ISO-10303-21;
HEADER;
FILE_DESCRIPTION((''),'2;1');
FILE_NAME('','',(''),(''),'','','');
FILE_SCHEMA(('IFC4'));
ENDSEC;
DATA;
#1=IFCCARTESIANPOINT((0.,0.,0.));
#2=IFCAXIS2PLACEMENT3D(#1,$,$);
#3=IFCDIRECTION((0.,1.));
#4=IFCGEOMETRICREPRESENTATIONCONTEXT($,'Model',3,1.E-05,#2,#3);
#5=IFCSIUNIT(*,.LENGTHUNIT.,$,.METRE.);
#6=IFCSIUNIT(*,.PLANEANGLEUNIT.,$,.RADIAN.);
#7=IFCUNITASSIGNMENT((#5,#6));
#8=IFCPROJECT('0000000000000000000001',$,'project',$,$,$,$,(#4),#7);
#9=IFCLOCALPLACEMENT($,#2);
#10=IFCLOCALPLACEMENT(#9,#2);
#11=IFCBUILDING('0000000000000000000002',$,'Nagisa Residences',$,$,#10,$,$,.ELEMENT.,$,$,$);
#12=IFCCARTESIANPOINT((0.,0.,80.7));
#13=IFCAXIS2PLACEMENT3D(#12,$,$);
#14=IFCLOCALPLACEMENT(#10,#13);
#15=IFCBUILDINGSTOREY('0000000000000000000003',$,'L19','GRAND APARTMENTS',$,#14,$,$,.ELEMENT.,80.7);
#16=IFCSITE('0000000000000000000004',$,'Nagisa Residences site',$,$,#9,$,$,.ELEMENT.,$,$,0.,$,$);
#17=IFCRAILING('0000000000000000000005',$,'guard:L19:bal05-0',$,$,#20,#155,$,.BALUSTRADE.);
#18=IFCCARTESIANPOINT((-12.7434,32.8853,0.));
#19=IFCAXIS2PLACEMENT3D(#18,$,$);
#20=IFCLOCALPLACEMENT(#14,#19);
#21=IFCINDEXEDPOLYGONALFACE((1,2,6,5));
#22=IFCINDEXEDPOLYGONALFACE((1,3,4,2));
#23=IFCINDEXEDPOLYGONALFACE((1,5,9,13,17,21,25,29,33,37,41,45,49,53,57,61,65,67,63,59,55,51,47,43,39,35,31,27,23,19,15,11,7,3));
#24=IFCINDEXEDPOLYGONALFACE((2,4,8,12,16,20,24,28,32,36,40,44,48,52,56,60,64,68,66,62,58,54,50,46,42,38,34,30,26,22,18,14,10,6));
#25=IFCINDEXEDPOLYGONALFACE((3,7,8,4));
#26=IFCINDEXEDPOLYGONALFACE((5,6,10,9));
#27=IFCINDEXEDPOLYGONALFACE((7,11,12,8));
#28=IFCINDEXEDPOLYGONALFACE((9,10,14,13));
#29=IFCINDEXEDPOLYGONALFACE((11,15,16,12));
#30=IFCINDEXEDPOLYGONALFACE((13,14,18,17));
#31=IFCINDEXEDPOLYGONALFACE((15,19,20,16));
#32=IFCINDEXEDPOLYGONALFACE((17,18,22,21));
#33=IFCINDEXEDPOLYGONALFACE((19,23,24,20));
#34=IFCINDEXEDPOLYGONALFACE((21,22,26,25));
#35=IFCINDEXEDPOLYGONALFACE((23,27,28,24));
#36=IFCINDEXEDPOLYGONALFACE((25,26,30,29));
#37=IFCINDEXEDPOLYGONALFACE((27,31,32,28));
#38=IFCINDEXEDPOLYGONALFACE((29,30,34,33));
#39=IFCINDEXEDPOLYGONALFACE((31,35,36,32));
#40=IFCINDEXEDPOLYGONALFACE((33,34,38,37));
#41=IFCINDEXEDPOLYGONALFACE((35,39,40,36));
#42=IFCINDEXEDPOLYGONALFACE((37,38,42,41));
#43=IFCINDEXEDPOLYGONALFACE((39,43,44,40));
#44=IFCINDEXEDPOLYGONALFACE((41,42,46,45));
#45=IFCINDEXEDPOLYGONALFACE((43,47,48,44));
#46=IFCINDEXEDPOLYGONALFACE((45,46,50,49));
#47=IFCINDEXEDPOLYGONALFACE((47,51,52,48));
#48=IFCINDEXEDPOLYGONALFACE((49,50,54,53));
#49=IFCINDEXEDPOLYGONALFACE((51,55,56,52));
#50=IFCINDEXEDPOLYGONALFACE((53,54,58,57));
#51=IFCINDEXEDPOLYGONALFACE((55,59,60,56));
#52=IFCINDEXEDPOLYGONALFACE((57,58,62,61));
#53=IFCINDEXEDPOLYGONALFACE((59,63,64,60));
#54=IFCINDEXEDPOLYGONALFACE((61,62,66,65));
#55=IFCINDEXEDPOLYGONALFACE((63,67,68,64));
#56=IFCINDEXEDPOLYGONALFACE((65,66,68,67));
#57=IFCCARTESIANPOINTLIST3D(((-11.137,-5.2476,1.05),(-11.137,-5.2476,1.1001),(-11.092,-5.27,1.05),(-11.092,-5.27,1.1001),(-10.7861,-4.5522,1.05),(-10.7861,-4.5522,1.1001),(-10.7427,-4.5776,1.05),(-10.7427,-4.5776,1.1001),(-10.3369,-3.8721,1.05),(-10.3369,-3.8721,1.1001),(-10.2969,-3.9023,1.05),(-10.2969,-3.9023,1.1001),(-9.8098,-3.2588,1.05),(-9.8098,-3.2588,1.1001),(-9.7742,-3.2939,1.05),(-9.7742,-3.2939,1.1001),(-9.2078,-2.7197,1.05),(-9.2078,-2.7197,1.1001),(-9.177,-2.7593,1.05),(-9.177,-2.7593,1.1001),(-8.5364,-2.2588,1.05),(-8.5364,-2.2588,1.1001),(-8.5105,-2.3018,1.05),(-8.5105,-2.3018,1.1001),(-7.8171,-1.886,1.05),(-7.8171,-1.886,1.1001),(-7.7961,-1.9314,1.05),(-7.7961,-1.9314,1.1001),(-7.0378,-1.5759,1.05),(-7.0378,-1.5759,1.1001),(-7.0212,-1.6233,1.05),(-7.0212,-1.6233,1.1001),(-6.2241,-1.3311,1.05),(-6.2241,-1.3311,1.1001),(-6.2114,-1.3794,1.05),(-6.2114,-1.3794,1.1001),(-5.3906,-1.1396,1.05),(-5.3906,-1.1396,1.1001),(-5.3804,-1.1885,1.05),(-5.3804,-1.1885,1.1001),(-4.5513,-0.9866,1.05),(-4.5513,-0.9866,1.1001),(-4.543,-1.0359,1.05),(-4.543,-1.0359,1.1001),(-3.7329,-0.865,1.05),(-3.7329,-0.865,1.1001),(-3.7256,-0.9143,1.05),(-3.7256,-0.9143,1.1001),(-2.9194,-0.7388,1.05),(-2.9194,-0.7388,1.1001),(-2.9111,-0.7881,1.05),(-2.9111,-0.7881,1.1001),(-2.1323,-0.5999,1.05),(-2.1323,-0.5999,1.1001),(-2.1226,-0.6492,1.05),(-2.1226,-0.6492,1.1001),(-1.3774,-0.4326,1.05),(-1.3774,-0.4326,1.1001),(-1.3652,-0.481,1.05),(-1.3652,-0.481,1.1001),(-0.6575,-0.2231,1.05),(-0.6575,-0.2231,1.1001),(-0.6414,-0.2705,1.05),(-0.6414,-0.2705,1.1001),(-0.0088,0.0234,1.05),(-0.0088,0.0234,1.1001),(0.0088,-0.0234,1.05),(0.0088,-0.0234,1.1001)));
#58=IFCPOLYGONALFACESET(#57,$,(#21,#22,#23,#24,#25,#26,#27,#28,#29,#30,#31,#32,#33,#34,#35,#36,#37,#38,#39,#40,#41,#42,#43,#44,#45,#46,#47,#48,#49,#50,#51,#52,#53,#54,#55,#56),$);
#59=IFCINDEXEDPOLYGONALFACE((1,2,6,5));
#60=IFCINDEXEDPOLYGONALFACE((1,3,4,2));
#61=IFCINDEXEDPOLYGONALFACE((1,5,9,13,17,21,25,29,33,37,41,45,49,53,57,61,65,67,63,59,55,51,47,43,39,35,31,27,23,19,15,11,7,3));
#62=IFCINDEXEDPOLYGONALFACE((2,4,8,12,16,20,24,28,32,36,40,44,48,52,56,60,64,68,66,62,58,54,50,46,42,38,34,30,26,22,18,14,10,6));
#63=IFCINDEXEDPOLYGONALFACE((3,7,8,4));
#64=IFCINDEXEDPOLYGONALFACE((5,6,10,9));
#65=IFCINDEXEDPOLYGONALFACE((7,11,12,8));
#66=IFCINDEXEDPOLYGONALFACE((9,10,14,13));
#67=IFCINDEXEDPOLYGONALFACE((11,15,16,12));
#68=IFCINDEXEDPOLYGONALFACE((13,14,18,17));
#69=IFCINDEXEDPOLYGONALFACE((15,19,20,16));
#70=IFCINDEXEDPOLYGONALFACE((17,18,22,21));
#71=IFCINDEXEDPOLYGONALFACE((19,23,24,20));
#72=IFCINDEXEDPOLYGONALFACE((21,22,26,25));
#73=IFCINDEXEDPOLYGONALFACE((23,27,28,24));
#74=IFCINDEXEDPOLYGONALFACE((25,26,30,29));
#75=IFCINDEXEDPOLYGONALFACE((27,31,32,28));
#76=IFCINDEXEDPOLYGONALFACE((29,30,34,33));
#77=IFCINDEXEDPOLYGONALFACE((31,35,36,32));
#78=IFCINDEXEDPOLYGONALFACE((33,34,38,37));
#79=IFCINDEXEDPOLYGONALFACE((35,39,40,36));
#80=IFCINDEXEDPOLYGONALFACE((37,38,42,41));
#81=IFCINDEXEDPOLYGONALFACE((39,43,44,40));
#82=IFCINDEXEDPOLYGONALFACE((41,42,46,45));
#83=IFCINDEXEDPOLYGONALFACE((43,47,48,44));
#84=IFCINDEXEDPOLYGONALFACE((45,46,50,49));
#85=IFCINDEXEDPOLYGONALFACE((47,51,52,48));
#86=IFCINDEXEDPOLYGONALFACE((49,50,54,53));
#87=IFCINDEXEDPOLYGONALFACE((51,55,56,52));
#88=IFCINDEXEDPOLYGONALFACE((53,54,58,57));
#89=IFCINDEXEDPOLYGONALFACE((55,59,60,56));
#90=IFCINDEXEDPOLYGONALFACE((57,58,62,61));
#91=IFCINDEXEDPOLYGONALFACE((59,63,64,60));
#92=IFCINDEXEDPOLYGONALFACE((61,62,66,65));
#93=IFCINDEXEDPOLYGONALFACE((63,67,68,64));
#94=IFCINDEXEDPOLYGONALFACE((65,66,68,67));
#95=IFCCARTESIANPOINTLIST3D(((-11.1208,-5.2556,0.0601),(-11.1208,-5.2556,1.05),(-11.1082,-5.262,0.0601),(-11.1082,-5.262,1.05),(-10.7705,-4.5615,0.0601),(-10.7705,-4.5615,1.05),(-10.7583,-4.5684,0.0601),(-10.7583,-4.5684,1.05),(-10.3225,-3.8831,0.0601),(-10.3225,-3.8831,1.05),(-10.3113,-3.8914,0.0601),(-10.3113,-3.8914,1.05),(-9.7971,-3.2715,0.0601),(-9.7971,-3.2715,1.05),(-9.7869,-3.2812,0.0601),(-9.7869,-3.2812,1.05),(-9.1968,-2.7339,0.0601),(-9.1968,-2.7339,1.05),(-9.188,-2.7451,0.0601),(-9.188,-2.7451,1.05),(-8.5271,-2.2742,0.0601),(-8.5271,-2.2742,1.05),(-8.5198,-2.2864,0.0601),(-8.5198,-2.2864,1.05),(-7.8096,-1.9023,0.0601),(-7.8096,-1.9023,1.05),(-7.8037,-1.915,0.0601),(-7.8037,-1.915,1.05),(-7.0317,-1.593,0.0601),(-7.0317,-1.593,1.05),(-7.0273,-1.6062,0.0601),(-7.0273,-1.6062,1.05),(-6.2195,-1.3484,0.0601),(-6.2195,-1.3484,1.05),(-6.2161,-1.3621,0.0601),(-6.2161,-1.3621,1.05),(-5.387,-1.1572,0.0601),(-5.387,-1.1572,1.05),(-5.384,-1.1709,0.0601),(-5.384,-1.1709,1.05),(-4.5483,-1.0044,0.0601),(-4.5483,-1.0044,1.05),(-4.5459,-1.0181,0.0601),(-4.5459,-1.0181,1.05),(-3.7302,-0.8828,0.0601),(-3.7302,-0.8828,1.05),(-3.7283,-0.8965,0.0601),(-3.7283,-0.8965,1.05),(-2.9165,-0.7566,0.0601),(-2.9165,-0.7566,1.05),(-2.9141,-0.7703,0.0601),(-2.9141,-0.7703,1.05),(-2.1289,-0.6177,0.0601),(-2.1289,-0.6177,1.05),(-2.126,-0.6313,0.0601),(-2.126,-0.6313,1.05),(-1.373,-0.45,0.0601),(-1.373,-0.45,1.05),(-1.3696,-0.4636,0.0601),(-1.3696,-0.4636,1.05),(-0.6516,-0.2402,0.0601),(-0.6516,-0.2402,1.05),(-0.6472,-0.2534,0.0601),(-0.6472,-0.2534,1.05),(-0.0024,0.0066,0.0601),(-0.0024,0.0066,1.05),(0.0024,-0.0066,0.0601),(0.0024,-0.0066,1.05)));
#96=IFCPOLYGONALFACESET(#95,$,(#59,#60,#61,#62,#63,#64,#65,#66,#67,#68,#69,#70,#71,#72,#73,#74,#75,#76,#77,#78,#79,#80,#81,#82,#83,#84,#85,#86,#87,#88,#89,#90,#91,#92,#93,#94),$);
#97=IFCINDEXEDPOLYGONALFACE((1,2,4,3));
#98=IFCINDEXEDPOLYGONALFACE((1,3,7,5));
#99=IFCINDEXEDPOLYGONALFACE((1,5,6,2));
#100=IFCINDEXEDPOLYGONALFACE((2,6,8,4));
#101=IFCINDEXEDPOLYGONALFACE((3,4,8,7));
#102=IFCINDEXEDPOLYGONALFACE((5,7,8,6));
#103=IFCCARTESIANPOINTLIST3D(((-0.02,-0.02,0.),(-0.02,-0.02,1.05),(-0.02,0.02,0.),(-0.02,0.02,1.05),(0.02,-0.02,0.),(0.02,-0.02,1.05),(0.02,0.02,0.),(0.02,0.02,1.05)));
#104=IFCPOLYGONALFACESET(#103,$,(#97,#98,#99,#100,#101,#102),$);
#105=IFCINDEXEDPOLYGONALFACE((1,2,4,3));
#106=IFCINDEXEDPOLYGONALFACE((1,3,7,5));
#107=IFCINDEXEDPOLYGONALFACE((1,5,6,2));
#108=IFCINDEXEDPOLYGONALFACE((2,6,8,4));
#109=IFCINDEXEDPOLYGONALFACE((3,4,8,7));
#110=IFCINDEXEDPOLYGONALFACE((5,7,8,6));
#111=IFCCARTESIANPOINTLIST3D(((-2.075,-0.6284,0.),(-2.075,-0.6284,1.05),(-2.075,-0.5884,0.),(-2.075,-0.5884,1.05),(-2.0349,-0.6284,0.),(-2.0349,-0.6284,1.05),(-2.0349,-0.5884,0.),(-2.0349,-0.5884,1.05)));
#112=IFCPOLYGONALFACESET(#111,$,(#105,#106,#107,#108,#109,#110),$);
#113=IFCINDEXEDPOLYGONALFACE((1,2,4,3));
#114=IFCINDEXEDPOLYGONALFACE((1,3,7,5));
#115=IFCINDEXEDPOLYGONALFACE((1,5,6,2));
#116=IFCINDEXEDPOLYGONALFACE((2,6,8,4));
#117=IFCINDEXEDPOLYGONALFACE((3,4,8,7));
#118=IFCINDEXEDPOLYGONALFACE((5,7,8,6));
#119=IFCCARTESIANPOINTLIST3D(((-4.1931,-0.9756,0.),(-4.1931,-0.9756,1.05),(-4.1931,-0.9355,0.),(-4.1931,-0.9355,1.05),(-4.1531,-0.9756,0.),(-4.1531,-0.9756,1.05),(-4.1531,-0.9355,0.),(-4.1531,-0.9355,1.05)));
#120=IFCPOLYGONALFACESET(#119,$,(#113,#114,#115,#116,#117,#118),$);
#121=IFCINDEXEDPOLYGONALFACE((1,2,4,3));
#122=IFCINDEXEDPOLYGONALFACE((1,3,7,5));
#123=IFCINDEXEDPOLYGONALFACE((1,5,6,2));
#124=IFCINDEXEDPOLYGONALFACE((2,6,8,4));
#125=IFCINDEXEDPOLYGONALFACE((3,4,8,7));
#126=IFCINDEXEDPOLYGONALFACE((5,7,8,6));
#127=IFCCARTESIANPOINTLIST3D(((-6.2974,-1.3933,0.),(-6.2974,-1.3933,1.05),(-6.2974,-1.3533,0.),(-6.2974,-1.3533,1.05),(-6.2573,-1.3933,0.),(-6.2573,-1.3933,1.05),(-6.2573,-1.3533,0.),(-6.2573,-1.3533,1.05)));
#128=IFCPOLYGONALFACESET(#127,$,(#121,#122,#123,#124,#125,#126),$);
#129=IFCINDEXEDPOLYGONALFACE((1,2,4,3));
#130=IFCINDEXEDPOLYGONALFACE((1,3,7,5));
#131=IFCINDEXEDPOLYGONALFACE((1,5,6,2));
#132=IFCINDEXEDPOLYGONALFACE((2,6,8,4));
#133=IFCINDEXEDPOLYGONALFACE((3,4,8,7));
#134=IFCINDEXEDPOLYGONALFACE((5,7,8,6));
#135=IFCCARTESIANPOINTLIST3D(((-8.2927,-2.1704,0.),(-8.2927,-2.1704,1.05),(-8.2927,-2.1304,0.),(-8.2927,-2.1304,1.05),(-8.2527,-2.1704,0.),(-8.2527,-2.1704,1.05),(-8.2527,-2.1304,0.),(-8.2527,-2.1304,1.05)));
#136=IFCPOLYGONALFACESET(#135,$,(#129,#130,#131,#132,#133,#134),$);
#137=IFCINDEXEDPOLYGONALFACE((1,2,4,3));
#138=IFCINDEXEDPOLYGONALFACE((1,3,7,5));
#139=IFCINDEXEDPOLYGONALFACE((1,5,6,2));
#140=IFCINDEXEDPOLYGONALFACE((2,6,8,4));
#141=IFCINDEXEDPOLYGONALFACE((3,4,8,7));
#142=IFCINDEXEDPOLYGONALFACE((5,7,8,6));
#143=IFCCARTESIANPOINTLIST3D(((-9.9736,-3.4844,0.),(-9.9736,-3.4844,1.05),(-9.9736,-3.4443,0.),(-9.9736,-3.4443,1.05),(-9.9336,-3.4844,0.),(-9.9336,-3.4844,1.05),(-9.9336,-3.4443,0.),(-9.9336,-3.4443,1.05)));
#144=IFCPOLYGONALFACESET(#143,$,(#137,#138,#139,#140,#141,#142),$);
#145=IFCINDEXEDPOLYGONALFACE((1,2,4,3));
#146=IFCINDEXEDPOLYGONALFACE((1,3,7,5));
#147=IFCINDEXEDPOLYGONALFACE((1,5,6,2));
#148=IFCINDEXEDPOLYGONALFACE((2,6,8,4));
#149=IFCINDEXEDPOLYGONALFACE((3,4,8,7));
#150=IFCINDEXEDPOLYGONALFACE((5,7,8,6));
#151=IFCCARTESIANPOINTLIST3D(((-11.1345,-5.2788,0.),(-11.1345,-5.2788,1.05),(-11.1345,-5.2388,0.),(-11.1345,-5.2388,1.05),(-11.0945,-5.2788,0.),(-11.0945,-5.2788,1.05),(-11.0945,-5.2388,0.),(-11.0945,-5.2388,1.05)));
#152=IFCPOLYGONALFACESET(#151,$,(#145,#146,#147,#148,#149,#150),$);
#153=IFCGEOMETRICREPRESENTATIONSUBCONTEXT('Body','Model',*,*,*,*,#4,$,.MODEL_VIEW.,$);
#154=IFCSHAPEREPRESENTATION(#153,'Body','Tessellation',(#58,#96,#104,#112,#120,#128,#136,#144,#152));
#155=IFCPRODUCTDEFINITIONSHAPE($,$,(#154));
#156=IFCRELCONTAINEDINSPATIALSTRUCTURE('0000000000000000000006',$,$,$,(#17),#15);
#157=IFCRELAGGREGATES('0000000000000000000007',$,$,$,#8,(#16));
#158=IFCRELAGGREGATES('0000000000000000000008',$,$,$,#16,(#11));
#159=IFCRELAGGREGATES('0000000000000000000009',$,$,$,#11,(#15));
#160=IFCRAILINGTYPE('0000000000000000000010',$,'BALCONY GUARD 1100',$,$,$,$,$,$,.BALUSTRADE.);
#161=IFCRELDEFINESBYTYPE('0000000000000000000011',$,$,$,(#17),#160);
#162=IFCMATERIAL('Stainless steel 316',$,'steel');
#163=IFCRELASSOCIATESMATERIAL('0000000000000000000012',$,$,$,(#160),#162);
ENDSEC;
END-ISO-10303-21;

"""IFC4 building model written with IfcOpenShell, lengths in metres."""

from ifc_helpers import new_model, si_unit, direction, frame, origin, origin_2d, place, context, subcontext, project, spatial, polyline, rectangle, outline, extrude, material, type_object, element, save


model = new_model("IFC4")

# Units and contexts
model_context = context("Model", 3, precision=1e-05, world=origin(), true_north=direction((0.0, 1.0)))
body_context = subcontext(model_context, "Body", "Model", "MODEL_VIEW")
ifc_project = project(units=[si_unit("LENGTHUNIT", "METRE"), si_unit("PLANEANGLEUNIT", "RADIAN")], contexts=[model_context])

# Site, building, storey
site_placement = place(None, origin())
site = spatial("IfcSite", under=ifc_project, at=site_placement, Name="Nagisa Residences site", CompositionType="ELEMENT", RefElevation=0.0)
building_placement = place(site_placement, origin())
building = spatial("IfcBuilding", under=site, at=building_placement, Name="Nagisa Residences", CompositionType="ELEMENT")
storey_placement = place(building_placement, frame((0.0, 0.0, 80.7)))
storey = spatial("IfcBuildingStorey", under=building, at=storey_placement, Name="L19", Description="GRAND APARTMENTS", CompositionType="ELEMENT", Elevation=80.7)

# Railing
ifc_material_1 = material(Name="Stainless steel 316", Category="steel")
railing_type = type_object("IfcRailingType", Name="BALCONY GUARD 1100", PredefinedType="BALUSTRADE", material=ifc_material_1)
railing_1_placement = place(storey_placement, frame((-12.7434, 32.8853, 0.0)))
element("IfcRailing", 1, at=railing_1_placement, inside=storey, type_object=railing_type, Name="guard:L19:bal05-0", PredefinedType="BALUSTRADE", context=body_context, shape_type="SweptSolid", body=[
    extrude(outline(polyline([(-0.6414, -0.2705), (0.0088, -0.0234), (-0.0088, 0.0234), (-0.6575, -0.2231), (-1.3774, -0.4326), (-2.1323, -0.5999), (-2.9194, -0.7388), (-3.7329, -0.865), (-4.5513, -0.9866), (-5.3906, -1.1396), (-6.2241, -1.3311), (-7.0378, -1.5759), (-7.8171, -1.886), (-8.5364, -2.2588), (-9.2078, -2.7197), (-9.8098, -3.2588), (-10.3369, -3.8721), (-10.7861, -4.5522), (-11.137, -5.2476), (-11.092, -5.27), (-10.7427, -4.5776), (-10.2969, -3.9023), (-9.7742, -3.2939), (-9.177, -2.7593), (-8.5105, -2.3018), (-7.7961, -1.9314), (-7.0212, -1.6233), (-6.2114, -1.3794), (-5.3804, -1.1885), (-4.543, -1.0359), (-3.7256, -0.9143), (-2.9111, -0.7881), (-2.1226, -0.6492), (-1.3652, -0.481), (-0.6414, -0.2705)])), frame((0.0, 0.0, 1.05)), (0.0, 0.0, 1.0), 0.05),
    extrude(outline(polyline([(-0.6472, -0.2534), (0.0024, -0.0066), (-0.0024, 0.0066), (-0.6516, -0.2402), (-1.373, -0.45), (-2.1289, -0.6177), (-2.9165, -0.7566), (-3.7302, -0.8828), (-4.5483, -1.0044), (-5.387, -1.1572), (-6.2195, -1.3484), (-7.0317, -1.593), (-7.8096, -1.9023), (-8.5271, -2.2742), (-9.1968, -2.7339), (-9.7971, -3.2715), (-10.3225, -3.8831), (-10.7705, -4.5615), (-11.1208, -5.2556), (-11.1082, -5.262), (-10.7583, -4.5684), (-10.3113, -3.8914), (-9.7869, -3.2812), (-9.188, -2.7451), (-8.5198, -2.2864), (-7.8037, -1.915), (-7.0273, -1.6062), (-6.2161, -1.3621), (-5.384, -1.1709), (-4.5459, -1.0181), (-3.7283, -0.8965), (-2.9141, -0.7703), (-2.126, -0.6313), (-1.3696, -0.4636), (-0.6472, -0.2534)])), frame((0.0, 0.0, 0.0601)), (0.0, 0.0, 1.0), 0.99),
    extrude(rectangle(XDim=0.04, YDim=0.04, at=origin_2d()), origin(), (0.0, 0.0, 1.0), 1.05),
    extrude(rectangle(XDim=0.04, YDim=0.04, at=origin_2d()), frame((-2.0549, -0.6084, 0.0)), (0.0, 0.0, 1.0), 1.05),
    extrude(rectangle(XDim=0.04, YDim=0.04, at=origin_2d()), frame((-4.1731, -0.9556, 0.0)), (0.0, 0.0, 1.0), 1.05),
    extrude(rectangle(XDim=0.04, YDim=0.04, at=origin_2d()), frame((-6.2773, -1.3733, 0.0)), (0.0, 0.0, 1.0), 1.05),
    extrude(rectangle(XDim=0.04, YDim=0.04, at=origin_2d()), frame((-8.2727, -2.1504, 0.0)), (0.0, 0.0, 1.0), 1.05),
    extrude(rectangle(XDim=0.04, YDim=0.04, at=origin_2d()), frame((-9.9536, -3.4644, 0.0)), (0.0, 0.0, 1.0), 1.05),
    extrude(rectangle(XDim=0.04, YDim=0.04, at=origin_2d()), frame((-11.1145, -5.2588, 0.0)), (0.0, 0.0, 1.0), 1.05),
])

save(model, "model.ifc")
